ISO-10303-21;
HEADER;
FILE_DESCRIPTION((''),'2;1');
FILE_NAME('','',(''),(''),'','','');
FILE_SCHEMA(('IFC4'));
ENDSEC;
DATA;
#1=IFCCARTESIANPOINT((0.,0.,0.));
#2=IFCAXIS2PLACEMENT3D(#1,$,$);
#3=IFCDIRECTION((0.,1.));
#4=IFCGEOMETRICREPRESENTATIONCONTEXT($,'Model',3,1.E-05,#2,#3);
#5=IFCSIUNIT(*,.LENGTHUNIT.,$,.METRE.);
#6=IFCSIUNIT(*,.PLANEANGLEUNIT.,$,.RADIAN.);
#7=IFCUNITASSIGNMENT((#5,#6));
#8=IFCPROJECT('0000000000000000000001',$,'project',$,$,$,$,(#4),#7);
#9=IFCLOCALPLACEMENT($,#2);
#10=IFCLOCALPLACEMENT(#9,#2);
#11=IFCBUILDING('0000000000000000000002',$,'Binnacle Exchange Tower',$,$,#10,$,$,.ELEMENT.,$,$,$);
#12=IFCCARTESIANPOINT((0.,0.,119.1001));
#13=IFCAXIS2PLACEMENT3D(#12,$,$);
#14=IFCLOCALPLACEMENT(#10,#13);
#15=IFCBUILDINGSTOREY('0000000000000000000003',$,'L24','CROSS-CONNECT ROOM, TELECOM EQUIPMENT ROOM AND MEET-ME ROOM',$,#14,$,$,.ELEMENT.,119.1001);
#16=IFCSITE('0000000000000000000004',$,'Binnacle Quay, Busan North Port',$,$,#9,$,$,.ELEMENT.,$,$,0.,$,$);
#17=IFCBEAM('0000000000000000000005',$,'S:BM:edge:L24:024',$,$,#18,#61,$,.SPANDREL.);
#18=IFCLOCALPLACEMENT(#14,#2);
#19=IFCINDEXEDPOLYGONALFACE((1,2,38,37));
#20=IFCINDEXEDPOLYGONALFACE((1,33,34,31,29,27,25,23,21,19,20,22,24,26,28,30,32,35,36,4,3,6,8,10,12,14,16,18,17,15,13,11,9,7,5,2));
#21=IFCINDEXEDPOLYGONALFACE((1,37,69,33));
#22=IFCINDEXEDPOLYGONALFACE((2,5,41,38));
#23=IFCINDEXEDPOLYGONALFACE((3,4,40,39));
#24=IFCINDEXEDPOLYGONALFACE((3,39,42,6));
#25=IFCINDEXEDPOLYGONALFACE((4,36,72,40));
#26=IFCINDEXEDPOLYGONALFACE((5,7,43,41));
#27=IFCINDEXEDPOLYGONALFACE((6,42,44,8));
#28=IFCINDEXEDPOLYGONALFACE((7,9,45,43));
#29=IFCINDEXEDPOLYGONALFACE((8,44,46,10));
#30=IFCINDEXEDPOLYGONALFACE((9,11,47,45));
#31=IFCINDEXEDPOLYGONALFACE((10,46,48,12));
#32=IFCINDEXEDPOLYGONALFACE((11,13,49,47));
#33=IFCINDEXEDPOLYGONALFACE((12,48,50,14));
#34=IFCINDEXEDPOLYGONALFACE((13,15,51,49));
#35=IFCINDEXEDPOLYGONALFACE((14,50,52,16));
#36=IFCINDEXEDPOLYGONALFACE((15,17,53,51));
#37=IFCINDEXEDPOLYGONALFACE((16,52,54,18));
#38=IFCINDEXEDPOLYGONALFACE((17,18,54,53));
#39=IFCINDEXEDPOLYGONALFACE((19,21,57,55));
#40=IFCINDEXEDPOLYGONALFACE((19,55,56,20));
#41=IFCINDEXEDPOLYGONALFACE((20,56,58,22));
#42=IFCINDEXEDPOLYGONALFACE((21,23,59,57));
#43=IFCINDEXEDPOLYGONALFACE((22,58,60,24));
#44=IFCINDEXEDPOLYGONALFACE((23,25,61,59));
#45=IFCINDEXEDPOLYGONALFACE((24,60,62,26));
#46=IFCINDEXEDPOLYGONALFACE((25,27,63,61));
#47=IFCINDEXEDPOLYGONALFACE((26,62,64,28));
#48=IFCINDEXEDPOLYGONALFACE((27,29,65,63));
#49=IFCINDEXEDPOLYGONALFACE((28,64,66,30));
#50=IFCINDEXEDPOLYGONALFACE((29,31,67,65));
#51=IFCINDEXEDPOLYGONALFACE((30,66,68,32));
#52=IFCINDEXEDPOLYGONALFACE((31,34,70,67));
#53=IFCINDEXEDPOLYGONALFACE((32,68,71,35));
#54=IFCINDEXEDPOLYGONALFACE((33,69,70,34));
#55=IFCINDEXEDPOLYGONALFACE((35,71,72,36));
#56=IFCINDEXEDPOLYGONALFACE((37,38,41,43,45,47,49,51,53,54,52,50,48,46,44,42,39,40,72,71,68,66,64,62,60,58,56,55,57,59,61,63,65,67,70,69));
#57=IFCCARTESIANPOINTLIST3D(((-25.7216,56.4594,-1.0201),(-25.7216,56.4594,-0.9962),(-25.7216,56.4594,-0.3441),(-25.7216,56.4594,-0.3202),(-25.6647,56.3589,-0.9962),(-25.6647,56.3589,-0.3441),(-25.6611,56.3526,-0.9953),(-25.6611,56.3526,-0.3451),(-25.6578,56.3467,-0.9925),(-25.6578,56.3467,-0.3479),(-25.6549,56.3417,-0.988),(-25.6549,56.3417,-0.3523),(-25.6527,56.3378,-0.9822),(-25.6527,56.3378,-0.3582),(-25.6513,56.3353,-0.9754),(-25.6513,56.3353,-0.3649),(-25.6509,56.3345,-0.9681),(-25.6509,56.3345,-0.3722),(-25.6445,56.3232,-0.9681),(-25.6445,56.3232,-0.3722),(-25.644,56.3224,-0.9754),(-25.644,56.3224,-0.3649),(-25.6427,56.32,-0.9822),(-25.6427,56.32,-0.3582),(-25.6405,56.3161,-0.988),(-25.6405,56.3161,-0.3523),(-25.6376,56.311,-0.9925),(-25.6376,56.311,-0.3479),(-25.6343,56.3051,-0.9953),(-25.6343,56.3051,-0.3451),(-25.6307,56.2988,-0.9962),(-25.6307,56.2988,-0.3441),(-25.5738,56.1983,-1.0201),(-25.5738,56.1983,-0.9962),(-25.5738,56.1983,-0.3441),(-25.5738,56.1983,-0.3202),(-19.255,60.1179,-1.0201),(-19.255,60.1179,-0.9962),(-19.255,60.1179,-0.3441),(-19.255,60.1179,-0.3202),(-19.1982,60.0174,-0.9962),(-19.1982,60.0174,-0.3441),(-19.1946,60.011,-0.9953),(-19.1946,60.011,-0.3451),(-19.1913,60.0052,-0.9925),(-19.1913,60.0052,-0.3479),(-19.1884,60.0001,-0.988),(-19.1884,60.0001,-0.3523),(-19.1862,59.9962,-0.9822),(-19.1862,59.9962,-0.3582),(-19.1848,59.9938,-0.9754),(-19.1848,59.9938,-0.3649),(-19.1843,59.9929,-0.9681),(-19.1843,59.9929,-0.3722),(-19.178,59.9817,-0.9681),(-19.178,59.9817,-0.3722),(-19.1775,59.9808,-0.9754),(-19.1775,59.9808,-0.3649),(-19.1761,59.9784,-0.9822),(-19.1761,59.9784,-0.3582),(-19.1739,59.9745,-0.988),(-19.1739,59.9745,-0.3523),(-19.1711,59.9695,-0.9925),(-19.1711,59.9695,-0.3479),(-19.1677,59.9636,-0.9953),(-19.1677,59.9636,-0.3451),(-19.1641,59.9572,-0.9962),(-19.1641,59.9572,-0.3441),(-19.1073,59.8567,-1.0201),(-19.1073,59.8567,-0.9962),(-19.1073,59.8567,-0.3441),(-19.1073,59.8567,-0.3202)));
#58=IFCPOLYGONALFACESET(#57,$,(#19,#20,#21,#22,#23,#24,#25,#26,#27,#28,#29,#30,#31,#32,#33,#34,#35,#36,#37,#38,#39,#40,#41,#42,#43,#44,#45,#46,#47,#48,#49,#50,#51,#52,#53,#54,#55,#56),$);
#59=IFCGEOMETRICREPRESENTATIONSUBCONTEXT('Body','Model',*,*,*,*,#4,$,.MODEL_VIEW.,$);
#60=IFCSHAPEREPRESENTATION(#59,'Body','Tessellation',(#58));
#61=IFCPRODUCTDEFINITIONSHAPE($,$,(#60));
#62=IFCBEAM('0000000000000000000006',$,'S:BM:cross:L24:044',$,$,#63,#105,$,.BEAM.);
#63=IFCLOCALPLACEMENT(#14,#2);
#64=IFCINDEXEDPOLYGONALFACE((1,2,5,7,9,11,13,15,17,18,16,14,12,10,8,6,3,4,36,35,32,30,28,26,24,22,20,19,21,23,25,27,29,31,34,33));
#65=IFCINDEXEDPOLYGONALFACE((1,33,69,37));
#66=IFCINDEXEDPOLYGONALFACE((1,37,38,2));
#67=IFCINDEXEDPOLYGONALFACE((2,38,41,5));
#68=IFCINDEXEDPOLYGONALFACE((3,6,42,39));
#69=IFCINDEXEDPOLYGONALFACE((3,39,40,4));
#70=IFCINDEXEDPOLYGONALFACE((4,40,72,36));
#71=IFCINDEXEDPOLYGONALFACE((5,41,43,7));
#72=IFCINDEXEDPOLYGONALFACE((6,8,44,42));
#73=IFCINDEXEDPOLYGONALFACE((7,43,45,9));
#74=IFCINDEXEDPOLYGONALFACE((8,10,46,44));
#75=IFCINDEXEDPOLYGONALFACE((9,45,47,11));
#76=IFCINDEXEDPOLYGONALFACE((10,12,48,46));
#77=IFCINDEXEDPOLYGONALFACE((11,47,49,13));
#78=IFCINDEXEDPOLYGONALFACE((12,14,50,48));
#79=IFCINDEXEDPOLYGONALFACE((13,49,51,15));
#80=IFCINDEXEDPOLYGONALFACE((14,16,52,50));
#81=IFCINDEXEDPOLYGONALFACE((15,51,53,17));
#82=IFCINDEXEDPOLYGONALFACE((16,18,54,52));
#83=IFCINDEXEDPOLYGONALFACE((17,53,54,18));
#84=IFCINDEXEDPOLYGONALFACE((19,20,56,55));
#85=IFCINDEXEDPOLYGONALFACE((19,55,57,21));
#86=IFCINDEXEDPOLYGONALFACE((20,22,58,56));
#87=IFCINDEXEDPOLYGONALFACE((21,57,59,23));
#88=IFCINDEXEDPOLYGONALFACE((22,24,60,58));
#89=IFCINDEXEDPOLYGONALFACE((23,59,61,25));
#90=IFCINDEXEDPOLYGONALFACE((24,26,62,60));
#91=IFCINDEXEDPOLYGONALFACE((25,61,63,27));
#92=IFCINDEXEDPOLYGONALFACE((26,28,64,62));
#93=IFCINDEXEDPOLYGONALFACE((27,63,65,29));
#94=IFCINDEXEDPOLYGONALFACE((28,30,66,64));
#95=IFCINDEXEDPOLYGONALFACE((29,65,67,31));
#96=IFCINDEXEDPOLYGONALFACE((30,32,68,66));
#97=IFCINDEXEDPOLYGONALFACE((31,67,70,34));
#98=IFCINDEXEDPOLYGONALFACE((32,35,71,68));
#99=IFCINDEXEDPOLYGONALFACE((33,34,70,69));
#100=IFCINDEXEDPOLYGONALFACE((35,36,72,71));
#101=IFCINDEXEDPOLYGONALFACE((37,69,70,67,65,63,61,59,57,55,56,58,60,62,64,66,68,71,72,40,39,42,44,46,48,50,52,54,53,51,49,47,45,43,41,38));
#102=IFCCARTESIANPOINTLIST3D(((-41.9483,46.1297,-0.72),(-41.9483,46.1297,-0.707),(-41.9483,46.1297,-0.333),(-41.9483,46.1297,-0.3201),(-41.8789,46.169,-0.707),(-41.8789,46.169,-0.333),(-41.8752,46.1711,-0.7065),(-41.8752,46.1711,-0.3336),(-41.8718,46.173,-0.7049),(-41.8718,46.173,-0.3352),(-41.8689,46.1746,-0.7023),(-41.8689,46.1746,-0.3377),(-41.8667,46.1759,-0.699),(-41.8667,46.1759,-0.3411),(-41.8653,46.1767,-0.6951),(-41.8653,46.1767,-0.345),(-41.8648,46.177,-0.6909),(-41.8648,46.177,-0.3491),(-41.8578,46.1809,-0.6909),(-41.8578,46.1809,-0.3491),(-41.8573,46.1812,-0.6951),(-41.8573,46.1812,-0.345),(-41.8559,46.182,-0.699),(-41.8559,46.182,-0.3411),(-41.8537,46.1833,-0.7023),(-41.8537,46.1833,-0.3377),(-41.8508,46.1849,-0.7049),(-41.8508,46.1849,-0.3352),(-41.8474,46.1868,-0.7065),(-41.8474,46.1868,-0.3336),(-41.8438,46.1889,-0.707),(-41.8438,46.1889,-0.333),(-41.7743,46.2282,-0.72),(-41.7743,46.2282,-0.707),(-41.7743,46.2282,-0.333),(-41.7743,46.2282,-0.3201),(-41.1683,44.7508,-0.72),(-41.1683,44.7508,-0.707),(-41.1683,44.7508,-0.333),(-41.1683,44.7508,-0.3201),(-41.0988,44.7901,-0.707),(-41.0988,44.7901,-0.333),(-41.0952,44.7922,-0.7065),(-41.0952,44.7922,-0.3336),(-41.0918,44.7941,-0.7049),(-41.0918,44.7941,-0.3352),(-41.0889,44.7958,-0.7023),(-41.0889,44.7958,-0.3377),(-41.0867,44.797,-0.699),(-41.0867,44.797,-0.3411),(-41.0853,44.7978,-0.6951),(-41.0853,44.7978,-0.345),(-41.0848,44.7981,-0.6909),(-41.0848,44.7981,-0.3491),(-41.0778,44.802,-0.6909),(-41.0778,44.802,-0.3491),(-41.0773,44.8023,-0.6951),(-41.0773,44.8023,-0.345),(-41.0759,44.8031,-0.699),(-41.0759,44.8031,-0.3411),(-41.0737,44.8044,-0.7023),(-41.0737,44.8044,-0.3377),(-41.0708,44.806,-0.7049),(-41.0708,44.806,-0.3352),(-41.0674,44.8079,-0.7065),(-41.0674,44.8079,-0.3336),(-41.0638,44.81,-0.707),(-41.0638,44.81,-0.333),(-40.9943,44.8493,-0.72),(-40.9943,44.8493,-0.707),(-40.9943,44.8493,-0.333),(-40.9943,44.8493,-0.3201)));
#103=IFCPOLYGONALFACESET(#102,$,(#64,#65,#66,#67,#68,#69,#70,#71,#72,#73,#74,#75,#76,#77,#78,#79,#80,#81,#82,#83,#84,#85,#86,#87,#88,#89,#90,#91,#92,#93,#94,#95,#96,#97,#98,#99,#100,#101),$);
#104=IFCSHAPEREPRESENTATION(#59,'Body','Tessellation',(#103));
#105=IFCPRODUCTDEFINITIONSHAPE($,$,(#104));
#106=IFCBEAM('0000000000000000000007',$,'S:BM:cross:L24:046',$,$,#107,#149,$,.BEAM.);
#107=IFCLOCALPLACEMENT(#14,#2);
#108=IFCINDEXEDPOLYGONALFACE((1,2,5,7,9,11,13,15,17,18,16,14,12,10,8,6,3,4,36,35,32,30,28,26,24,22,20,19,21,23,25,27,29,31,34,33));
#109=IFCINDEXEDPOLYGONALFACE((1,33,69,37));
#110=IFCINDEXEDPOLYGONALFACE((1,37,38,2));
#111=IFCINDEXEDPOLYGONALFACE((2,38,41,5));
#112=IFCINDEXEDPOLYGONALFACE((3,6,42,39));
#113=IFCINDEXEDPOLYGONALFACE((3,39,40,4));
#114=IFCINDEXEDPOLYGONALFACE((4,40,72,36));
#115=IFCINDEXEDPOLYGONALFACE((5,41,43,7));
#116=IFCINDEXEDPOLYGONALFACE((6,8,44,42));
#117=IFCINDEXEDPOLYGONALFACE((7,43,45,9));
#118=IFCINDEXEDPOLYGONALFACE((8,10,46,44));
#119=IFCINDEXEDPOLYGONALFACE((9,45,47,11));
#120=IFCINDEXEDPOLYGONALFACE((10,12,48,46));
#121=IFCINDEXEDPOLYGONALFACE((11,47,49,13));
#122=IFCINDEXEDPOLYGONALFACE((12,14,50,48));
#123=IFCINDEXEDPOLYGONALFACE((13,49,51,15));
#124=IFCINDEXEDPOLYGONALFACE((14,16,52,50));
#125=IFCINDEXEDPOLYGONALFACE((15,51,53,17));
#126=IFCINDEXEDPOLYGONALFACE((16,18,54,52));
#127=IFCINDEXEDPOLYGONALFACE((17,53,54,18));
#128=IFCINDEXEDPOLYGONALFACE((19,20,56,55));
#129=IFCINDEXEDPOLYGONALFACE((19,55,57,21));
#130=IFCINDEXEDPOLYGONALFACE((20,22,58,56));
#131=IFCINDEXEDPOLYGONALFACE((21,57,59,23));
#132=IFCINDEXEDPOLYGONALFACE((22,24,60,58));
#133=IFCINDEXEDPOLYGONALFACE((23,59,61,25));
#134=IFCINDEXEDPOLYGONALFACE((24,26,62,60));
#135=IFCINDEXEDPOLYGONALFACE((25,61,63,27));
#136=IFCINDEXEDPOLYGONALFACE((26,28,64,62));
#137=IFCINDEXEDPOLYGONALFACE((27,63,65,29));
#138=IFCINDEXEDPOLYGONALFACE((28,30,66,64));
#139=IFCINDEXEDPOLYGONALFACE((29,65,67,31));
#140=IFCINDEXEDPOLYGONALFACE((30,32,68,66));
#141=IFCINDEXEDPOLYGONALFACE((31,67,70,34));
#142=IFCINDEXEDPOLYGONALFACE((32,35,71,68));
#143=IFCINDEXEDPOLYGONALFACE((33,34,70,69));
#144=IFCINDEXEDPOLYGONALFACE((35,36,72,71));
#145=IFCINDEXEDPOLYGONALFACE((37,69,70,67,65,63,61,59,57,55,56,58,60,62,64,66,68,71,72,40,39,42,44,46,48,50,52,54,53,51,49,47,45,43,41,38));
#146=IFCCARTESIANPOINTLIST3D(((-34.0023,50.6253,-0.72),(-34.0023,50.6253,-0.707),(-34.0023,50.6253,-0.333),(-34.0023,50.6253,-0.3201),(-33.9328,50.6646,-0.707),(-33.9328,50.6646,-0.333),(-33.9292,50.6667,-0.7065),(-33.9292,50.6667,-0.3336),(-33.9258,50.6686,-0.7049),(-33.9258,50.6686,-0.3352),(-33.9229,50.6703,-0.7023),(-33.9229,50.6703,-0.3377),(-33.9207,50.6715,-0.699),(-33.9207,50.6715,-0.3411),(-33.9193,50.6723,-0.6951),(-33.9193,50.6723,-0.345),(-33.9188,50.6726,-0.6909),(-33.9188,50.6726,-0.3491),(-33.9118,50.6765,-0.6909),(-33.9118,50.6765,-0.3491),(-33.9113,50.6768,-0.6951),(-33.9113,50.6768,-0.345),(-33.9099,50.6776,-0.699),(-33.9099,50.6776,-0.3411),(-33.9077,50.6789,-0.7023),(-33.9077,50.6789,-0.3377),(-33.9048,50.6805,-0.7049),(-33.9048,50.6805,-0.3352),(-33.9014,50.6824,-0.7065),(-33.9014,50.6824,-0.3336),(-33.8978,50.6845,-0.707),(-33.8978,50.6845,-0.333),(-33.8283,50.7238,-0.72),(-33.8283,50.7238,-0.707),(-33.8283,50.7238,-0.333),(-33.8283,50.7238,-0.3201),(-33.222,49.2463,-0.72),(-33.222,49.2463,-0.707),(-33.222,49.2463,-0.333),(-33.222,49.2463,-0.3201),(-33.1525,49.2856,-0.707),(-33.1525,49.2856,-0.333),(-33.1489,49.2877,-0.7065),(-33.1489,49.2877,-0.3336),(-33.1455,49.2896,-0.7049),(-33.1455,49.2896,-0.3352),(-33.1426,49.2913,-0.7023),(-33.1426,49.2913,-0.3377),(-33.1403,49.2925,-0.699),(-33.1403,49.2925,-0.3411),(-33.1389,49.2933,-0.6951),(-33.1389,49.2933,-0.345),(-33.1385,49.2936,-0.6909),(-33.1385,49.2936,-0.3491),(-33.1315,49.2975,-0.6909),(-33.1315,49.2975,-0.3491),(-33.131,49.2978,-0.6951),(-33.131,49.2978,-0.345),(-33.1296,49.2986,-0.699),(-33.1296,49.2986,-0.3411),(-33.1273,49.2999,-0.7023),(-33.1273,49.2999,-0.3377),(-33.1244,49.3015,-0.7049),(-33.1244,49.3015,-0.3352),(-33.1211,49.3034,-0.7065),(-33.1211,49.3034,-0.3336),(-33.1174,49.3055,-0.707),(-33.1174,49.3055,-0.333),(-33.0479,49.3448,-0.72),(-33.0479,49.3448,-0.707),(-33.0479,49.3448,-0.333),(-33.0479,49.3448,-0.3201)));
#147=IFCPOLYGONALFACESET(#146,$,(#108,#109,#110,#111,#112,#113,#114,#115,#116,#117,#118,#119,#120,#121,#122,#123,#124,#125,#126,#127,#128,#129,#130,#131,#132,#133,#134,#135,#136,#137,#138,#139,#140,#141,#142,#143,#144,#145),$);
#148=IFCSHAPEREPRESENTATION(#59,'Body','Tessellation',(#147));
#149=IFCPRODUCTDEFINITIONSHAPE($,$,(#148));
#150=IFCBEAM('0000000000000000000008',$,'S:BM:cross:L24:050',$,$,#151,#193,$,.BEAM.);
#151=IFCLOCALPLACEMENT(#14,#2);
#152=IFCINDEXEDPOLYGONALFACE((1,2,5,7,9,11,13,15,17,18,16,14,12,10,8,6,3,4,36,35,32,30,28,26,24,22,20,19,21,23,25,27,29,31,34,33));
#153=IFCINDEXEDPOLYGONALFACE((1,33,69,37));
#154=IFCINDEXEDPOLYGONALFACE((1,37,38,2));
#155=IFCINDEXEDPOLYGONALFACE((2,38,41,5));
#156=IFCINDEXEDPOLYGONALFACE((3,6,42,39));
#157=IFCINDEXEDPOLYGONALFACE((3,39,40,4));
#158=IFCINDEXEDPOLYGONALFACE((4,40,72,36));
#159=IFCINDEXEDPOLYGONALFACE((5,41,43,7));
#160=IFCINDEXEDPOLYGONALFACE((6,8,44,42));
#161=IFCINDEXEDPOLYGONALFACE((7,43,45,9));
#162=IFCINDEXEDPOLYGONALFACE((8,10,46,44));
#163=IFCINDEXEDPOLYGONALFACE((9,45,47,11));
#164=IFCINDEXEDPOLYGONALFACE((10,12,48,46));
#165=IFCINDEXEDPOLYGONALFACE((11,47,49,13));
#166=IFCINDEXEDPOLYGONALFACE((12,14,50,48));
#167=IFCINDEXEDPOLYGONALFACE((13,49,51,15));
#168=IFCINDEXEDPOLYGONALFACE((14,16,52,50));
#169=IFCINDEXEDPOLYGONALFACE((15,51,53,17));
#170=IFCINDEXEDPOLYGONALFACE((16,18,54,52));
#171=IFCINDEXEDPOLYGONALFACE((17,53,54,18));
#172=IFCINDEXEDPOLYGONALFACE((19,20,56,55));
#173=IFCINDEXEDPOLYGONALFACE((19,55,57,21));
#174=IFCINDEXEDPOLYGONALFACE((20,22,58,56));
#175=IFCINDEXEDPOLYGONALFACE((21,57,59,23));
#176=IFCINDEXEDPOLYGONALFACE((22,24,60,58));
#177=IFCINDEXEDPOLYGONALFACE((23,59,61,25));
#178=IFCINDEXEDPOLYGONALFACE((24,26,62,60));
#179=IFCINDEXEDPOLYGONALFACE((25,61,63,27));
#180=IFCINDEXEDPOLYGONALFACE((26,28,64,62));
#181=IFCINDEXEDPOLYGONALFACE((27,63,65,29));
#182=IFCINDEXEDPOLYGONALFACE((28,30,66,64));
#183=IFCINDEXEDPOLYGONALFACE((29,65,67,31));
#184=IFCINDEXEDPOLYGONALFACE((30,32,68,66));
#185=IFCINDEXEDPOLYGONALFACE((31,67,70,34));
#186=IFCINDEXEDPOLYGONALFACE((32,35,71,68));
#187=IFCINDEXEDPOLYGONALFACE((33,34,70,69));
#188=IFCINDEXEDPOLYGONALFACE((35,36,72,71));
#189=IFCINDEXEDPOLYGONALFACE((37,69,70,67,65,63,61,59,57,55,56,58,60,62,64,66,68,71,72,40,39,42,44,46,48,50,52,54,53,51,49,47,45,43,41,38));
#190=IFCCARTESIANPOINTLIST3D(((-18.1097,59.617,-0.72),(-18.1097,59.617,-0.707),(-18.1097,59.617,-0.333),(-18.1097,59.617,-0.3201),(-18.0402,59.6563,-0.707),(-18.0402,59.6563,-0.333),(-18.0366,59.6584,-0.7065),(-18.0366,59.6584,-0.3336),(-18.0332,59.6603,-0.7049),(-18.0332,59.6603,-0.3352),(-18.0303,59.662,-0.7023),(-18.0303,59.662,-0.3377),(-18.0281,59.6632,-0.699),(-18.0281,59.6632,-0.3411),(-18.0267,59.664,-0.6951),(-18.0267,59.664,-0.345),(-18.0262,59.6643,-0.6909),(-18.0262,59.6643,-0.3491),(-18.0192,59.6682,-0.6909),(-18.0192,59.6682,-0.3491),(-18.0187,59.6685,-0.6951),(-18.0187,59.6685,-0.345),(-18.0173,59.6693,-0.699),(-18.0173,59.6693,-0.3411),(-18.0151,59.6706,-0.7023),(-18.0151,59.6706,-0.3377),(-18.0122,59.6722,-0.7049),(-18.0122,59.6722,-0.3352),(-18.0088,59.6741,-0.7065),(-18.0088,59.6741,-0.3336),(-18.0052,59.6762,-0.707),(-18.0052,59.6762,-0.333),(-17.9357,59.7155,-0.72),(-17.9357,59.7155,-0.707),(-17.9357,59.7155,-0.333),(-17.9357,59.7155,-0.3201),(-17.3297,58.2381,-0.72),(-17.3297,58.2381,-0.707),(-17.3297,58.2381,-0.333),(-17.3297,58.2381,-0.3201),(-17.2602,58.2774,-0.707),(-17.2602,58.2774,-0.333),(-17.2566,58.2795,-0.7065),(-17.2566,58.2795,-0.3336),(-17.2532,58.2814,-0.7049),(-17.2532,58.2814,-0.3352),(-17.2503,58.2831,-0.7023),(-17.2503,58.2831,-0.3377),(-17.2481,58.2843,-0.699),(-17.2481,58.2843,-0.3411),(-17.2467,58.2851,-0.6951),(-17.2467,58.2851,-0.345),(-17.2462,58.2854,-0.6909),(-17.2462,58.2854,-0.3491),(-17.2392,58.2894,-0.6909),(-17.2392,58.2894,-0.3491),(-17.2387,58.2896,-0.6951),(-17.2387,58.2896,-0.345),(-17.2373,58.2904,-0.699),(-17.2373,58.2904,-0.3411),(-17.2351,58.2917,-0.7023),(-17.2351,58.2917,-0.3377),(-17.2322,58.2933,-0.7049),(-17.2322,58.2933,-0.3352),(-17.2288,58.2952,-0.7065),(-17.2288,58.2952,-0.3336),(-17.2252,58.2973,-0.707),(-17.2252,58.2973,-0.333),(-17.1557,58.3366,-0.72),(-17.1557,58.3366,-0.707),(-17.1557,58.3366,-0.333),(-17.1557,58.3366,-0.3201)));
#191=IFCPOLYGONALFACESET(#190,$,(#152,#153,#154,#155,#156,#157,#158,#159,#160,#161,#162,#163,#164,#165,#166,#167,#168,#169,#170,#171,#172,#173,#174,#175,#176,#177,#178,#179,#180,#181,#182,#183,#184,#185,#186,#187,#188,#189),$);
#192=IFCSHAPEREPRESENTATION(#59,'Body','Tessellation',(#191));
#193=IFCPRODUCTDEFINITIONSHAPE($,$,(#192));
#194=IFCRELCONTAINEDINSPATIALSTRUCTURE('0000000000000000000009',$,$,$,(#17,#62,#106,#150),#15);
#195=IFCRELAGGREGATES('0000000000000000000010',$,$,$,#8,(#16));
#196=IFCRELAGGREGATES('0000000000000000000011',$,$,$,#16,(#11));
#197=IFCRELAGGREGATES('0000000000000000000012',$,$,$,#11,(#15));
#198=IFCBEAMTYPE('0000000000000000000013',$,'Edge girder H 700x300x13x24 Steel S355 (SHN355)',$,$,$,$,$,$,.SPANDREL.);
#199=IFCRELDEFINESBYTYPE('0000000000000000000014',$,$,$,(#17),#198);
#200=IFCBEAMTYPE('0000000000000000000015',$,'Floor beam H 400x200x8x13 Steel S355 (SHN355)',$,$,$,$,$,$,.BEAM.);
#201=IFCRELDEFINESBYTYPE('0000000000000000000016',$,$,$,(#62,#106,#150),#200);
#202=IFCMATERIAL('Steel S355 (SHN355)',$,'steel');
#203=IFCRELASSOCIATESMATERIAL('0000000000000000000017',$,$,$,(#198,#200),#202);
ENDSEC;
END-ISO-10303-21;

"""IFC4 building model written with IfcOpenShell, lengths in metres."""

from ifc_helpers import new_model, si_unit, direction, frame, origin, origin_2d, place, context, subcontext, project, spatial, i_section, extrude, material, material_profile, profile_set, type_object, element, save


model = new_model("IFC4")

# Units and contexts
model_context = context("Model", 3, precision=1e-05, world=origin(), true_north=direction((0.0, 1.0)))
body_context = subcontext(model_context, "Body", "Model", "MODEL_VIEW")
ifc_project = project(units=[si_unit("LENGTHUNIT", "METRE"), si_unit("PLANEANGLEUNIT", "RADIAN")], contexts=[model_context])

# Site, building, storey
site_placement = place(None, origin())
site = spatial("IfcSite", under=ifc_project, at=site_placement, Name="Binnacle Quay, Busan North Port", CompositionType="ELEMENT", RefElevation=0.0)
building_placement = place(site_placement, origin())
building = spatial("IfcBuilding", under=site, at=building_placement, Name="Binnacle Exchange Tower", CompositionType="ELEMENT")
storey_placement = place(building_placement, frame((0.0, 0.0, 119.1001)))
storey = spatial("IfcBuildingStorey", under=building, at=storey_placement, Name="L24", Description="CROSS-CONNECT ROOM, TELECOM EQUIPMENT ROOM AND MEET-ME ROOM", CompositionType="ELEMENT", Elevation=119.1001)

# Beams
ifc_material_1 = material(Name="Steel S355 (SHN355)", Category="steel")
ifc_material_profile_1 = material_profile(ifc_material_1, i_section(OverallWidth=0.3, OverallDepth=0.7, WebThickness=0.0129, FlangeThickness=0.0239, FilletRadius=0.0281, at=origin_2d()), Name="H 700x300x13x24")
ifc_profile_set_1 = profile_set([ifc_material_profile_1], Name="Steel S355 (SHN355)")
beam_type_1 = type_object("IfcBeamType", Name="Edge girder H 700x300x13x24 Steel S355 (SHN355)", PredefinedType="SPANDREL", material=ifc_profile_set_1)
beam_1_placement = place(storey_placement, frame((-19.1812, 59.9873, -0.6702), z_axis=(-0.870364, -0.492408, 0.0), x_axis=(0.492408, -0.870364, 0.0)))
element("IfcBeam", 1, at=beam_1_placement, inside=storey, type_object=beam_type_1, Name="S:BM:edge:L24:024", PredefinedType="SPANDREL", context=body_context, shape_type="SweptSolid", body=[
    extrude(i_section(OverallWidth=0.3, OverallDepth=0.7, WebThickness=0.0129, FlangeThickness=0.0239, FilletRadius=0.0281, at=origin_2d()), origin(), (0.0, 0.0, 1.0), 7.4297),
])
ifc_material_profile_2 = material_profile(ifc_material_1, i_section(OverallWidth=0.2, OverallDepth=0.3999, WebThickness=0.0081, FlangeThickness=0.0129, FilletRadius=0.0161, at=origin_2d()), Name="H 400x200x8x13")
ifc_profile_set_2 = profile_set([ifc_material_profile_2], Name="Steel S355 (SHN355)")
beam_type_2 = type_object("IfcBeamType", Name="Floor beam H 400x200x8x13 Steel S355 (SHN355)", PredefinedType="BEAM", material=ifc_profile_set_2)
beam_2_placement = place(storey_placement, frame((-41.8613, 46.179, -0.52), z_axis=(0.492367, -0.870388, 0.0), x_axis=(0.870388, 0.492367, 0.0)))
element("IfcBeam", 2, at=beam_2_placement, inside=storey, type_object=beam_type_2, Name="S:BM:cross:L24:044", PredefinedType="BEAM", context=body_context, shape_type="SweptSolid", body=[
    extrude(i_section(OverallWidth=0.2, OverallDepth=0.3999, WebThickness=0.0081, FlangeThickness=0.0129, FilletRadius=0.0161, at=origin_2d()), origin(), (0.0, 0.0, 1.0), 1.5842),
])
beam_3_placement = place(storey_placement, frame((-33.9153, 50.6746, -0.52), z_axis=(0.492484, -0.870322, 0.0), x_axis=(0.870322, 0.492484, 0.0)))
element("IfcBeam", 3, at=beam_3_placement, inside=storey, type_object=beam_type_2, Name="S:BM:cross:L24:046", PredefinedType="BEAM", context=body_context, shape_type="SweptSolid", body=[
    extrude(i_section(OverallWidth=0.2, OverallDepth=0.3999, WebThickness=0.0081, FlangeThickness=0.0129, FilletRadius=0.0161, at=origin_2d()), origin(), (0.0, 0.0, 1.0), 1.5845),
])
beam_4_placement = place(storey_placement, frame((-18.0227, 59.6663, -0.52), z_axis=(0.492367, -0.870388, 0.0), x_axis=(0.870388, 0.492367, 0.0)))
element("IfcBeam", 4, at=beam_4_placement, inside=storey, type_object=beam_type_2, Name="S:BM:cross:L24:050", PredefinedType="BEAM", context=body_context, shape_type="SweptSolid", body=[
    extrude(i_section(OverallWidth=0.2, OverallDepth=0.3999, WebThickness=0.0081, FlangeThickness=0.0129, FilletRadius=0.0161, at=origin_2d()), origin(), (0.0, 0.0, 1.0), 1.5842),
])

save(model, "model.ifc")
